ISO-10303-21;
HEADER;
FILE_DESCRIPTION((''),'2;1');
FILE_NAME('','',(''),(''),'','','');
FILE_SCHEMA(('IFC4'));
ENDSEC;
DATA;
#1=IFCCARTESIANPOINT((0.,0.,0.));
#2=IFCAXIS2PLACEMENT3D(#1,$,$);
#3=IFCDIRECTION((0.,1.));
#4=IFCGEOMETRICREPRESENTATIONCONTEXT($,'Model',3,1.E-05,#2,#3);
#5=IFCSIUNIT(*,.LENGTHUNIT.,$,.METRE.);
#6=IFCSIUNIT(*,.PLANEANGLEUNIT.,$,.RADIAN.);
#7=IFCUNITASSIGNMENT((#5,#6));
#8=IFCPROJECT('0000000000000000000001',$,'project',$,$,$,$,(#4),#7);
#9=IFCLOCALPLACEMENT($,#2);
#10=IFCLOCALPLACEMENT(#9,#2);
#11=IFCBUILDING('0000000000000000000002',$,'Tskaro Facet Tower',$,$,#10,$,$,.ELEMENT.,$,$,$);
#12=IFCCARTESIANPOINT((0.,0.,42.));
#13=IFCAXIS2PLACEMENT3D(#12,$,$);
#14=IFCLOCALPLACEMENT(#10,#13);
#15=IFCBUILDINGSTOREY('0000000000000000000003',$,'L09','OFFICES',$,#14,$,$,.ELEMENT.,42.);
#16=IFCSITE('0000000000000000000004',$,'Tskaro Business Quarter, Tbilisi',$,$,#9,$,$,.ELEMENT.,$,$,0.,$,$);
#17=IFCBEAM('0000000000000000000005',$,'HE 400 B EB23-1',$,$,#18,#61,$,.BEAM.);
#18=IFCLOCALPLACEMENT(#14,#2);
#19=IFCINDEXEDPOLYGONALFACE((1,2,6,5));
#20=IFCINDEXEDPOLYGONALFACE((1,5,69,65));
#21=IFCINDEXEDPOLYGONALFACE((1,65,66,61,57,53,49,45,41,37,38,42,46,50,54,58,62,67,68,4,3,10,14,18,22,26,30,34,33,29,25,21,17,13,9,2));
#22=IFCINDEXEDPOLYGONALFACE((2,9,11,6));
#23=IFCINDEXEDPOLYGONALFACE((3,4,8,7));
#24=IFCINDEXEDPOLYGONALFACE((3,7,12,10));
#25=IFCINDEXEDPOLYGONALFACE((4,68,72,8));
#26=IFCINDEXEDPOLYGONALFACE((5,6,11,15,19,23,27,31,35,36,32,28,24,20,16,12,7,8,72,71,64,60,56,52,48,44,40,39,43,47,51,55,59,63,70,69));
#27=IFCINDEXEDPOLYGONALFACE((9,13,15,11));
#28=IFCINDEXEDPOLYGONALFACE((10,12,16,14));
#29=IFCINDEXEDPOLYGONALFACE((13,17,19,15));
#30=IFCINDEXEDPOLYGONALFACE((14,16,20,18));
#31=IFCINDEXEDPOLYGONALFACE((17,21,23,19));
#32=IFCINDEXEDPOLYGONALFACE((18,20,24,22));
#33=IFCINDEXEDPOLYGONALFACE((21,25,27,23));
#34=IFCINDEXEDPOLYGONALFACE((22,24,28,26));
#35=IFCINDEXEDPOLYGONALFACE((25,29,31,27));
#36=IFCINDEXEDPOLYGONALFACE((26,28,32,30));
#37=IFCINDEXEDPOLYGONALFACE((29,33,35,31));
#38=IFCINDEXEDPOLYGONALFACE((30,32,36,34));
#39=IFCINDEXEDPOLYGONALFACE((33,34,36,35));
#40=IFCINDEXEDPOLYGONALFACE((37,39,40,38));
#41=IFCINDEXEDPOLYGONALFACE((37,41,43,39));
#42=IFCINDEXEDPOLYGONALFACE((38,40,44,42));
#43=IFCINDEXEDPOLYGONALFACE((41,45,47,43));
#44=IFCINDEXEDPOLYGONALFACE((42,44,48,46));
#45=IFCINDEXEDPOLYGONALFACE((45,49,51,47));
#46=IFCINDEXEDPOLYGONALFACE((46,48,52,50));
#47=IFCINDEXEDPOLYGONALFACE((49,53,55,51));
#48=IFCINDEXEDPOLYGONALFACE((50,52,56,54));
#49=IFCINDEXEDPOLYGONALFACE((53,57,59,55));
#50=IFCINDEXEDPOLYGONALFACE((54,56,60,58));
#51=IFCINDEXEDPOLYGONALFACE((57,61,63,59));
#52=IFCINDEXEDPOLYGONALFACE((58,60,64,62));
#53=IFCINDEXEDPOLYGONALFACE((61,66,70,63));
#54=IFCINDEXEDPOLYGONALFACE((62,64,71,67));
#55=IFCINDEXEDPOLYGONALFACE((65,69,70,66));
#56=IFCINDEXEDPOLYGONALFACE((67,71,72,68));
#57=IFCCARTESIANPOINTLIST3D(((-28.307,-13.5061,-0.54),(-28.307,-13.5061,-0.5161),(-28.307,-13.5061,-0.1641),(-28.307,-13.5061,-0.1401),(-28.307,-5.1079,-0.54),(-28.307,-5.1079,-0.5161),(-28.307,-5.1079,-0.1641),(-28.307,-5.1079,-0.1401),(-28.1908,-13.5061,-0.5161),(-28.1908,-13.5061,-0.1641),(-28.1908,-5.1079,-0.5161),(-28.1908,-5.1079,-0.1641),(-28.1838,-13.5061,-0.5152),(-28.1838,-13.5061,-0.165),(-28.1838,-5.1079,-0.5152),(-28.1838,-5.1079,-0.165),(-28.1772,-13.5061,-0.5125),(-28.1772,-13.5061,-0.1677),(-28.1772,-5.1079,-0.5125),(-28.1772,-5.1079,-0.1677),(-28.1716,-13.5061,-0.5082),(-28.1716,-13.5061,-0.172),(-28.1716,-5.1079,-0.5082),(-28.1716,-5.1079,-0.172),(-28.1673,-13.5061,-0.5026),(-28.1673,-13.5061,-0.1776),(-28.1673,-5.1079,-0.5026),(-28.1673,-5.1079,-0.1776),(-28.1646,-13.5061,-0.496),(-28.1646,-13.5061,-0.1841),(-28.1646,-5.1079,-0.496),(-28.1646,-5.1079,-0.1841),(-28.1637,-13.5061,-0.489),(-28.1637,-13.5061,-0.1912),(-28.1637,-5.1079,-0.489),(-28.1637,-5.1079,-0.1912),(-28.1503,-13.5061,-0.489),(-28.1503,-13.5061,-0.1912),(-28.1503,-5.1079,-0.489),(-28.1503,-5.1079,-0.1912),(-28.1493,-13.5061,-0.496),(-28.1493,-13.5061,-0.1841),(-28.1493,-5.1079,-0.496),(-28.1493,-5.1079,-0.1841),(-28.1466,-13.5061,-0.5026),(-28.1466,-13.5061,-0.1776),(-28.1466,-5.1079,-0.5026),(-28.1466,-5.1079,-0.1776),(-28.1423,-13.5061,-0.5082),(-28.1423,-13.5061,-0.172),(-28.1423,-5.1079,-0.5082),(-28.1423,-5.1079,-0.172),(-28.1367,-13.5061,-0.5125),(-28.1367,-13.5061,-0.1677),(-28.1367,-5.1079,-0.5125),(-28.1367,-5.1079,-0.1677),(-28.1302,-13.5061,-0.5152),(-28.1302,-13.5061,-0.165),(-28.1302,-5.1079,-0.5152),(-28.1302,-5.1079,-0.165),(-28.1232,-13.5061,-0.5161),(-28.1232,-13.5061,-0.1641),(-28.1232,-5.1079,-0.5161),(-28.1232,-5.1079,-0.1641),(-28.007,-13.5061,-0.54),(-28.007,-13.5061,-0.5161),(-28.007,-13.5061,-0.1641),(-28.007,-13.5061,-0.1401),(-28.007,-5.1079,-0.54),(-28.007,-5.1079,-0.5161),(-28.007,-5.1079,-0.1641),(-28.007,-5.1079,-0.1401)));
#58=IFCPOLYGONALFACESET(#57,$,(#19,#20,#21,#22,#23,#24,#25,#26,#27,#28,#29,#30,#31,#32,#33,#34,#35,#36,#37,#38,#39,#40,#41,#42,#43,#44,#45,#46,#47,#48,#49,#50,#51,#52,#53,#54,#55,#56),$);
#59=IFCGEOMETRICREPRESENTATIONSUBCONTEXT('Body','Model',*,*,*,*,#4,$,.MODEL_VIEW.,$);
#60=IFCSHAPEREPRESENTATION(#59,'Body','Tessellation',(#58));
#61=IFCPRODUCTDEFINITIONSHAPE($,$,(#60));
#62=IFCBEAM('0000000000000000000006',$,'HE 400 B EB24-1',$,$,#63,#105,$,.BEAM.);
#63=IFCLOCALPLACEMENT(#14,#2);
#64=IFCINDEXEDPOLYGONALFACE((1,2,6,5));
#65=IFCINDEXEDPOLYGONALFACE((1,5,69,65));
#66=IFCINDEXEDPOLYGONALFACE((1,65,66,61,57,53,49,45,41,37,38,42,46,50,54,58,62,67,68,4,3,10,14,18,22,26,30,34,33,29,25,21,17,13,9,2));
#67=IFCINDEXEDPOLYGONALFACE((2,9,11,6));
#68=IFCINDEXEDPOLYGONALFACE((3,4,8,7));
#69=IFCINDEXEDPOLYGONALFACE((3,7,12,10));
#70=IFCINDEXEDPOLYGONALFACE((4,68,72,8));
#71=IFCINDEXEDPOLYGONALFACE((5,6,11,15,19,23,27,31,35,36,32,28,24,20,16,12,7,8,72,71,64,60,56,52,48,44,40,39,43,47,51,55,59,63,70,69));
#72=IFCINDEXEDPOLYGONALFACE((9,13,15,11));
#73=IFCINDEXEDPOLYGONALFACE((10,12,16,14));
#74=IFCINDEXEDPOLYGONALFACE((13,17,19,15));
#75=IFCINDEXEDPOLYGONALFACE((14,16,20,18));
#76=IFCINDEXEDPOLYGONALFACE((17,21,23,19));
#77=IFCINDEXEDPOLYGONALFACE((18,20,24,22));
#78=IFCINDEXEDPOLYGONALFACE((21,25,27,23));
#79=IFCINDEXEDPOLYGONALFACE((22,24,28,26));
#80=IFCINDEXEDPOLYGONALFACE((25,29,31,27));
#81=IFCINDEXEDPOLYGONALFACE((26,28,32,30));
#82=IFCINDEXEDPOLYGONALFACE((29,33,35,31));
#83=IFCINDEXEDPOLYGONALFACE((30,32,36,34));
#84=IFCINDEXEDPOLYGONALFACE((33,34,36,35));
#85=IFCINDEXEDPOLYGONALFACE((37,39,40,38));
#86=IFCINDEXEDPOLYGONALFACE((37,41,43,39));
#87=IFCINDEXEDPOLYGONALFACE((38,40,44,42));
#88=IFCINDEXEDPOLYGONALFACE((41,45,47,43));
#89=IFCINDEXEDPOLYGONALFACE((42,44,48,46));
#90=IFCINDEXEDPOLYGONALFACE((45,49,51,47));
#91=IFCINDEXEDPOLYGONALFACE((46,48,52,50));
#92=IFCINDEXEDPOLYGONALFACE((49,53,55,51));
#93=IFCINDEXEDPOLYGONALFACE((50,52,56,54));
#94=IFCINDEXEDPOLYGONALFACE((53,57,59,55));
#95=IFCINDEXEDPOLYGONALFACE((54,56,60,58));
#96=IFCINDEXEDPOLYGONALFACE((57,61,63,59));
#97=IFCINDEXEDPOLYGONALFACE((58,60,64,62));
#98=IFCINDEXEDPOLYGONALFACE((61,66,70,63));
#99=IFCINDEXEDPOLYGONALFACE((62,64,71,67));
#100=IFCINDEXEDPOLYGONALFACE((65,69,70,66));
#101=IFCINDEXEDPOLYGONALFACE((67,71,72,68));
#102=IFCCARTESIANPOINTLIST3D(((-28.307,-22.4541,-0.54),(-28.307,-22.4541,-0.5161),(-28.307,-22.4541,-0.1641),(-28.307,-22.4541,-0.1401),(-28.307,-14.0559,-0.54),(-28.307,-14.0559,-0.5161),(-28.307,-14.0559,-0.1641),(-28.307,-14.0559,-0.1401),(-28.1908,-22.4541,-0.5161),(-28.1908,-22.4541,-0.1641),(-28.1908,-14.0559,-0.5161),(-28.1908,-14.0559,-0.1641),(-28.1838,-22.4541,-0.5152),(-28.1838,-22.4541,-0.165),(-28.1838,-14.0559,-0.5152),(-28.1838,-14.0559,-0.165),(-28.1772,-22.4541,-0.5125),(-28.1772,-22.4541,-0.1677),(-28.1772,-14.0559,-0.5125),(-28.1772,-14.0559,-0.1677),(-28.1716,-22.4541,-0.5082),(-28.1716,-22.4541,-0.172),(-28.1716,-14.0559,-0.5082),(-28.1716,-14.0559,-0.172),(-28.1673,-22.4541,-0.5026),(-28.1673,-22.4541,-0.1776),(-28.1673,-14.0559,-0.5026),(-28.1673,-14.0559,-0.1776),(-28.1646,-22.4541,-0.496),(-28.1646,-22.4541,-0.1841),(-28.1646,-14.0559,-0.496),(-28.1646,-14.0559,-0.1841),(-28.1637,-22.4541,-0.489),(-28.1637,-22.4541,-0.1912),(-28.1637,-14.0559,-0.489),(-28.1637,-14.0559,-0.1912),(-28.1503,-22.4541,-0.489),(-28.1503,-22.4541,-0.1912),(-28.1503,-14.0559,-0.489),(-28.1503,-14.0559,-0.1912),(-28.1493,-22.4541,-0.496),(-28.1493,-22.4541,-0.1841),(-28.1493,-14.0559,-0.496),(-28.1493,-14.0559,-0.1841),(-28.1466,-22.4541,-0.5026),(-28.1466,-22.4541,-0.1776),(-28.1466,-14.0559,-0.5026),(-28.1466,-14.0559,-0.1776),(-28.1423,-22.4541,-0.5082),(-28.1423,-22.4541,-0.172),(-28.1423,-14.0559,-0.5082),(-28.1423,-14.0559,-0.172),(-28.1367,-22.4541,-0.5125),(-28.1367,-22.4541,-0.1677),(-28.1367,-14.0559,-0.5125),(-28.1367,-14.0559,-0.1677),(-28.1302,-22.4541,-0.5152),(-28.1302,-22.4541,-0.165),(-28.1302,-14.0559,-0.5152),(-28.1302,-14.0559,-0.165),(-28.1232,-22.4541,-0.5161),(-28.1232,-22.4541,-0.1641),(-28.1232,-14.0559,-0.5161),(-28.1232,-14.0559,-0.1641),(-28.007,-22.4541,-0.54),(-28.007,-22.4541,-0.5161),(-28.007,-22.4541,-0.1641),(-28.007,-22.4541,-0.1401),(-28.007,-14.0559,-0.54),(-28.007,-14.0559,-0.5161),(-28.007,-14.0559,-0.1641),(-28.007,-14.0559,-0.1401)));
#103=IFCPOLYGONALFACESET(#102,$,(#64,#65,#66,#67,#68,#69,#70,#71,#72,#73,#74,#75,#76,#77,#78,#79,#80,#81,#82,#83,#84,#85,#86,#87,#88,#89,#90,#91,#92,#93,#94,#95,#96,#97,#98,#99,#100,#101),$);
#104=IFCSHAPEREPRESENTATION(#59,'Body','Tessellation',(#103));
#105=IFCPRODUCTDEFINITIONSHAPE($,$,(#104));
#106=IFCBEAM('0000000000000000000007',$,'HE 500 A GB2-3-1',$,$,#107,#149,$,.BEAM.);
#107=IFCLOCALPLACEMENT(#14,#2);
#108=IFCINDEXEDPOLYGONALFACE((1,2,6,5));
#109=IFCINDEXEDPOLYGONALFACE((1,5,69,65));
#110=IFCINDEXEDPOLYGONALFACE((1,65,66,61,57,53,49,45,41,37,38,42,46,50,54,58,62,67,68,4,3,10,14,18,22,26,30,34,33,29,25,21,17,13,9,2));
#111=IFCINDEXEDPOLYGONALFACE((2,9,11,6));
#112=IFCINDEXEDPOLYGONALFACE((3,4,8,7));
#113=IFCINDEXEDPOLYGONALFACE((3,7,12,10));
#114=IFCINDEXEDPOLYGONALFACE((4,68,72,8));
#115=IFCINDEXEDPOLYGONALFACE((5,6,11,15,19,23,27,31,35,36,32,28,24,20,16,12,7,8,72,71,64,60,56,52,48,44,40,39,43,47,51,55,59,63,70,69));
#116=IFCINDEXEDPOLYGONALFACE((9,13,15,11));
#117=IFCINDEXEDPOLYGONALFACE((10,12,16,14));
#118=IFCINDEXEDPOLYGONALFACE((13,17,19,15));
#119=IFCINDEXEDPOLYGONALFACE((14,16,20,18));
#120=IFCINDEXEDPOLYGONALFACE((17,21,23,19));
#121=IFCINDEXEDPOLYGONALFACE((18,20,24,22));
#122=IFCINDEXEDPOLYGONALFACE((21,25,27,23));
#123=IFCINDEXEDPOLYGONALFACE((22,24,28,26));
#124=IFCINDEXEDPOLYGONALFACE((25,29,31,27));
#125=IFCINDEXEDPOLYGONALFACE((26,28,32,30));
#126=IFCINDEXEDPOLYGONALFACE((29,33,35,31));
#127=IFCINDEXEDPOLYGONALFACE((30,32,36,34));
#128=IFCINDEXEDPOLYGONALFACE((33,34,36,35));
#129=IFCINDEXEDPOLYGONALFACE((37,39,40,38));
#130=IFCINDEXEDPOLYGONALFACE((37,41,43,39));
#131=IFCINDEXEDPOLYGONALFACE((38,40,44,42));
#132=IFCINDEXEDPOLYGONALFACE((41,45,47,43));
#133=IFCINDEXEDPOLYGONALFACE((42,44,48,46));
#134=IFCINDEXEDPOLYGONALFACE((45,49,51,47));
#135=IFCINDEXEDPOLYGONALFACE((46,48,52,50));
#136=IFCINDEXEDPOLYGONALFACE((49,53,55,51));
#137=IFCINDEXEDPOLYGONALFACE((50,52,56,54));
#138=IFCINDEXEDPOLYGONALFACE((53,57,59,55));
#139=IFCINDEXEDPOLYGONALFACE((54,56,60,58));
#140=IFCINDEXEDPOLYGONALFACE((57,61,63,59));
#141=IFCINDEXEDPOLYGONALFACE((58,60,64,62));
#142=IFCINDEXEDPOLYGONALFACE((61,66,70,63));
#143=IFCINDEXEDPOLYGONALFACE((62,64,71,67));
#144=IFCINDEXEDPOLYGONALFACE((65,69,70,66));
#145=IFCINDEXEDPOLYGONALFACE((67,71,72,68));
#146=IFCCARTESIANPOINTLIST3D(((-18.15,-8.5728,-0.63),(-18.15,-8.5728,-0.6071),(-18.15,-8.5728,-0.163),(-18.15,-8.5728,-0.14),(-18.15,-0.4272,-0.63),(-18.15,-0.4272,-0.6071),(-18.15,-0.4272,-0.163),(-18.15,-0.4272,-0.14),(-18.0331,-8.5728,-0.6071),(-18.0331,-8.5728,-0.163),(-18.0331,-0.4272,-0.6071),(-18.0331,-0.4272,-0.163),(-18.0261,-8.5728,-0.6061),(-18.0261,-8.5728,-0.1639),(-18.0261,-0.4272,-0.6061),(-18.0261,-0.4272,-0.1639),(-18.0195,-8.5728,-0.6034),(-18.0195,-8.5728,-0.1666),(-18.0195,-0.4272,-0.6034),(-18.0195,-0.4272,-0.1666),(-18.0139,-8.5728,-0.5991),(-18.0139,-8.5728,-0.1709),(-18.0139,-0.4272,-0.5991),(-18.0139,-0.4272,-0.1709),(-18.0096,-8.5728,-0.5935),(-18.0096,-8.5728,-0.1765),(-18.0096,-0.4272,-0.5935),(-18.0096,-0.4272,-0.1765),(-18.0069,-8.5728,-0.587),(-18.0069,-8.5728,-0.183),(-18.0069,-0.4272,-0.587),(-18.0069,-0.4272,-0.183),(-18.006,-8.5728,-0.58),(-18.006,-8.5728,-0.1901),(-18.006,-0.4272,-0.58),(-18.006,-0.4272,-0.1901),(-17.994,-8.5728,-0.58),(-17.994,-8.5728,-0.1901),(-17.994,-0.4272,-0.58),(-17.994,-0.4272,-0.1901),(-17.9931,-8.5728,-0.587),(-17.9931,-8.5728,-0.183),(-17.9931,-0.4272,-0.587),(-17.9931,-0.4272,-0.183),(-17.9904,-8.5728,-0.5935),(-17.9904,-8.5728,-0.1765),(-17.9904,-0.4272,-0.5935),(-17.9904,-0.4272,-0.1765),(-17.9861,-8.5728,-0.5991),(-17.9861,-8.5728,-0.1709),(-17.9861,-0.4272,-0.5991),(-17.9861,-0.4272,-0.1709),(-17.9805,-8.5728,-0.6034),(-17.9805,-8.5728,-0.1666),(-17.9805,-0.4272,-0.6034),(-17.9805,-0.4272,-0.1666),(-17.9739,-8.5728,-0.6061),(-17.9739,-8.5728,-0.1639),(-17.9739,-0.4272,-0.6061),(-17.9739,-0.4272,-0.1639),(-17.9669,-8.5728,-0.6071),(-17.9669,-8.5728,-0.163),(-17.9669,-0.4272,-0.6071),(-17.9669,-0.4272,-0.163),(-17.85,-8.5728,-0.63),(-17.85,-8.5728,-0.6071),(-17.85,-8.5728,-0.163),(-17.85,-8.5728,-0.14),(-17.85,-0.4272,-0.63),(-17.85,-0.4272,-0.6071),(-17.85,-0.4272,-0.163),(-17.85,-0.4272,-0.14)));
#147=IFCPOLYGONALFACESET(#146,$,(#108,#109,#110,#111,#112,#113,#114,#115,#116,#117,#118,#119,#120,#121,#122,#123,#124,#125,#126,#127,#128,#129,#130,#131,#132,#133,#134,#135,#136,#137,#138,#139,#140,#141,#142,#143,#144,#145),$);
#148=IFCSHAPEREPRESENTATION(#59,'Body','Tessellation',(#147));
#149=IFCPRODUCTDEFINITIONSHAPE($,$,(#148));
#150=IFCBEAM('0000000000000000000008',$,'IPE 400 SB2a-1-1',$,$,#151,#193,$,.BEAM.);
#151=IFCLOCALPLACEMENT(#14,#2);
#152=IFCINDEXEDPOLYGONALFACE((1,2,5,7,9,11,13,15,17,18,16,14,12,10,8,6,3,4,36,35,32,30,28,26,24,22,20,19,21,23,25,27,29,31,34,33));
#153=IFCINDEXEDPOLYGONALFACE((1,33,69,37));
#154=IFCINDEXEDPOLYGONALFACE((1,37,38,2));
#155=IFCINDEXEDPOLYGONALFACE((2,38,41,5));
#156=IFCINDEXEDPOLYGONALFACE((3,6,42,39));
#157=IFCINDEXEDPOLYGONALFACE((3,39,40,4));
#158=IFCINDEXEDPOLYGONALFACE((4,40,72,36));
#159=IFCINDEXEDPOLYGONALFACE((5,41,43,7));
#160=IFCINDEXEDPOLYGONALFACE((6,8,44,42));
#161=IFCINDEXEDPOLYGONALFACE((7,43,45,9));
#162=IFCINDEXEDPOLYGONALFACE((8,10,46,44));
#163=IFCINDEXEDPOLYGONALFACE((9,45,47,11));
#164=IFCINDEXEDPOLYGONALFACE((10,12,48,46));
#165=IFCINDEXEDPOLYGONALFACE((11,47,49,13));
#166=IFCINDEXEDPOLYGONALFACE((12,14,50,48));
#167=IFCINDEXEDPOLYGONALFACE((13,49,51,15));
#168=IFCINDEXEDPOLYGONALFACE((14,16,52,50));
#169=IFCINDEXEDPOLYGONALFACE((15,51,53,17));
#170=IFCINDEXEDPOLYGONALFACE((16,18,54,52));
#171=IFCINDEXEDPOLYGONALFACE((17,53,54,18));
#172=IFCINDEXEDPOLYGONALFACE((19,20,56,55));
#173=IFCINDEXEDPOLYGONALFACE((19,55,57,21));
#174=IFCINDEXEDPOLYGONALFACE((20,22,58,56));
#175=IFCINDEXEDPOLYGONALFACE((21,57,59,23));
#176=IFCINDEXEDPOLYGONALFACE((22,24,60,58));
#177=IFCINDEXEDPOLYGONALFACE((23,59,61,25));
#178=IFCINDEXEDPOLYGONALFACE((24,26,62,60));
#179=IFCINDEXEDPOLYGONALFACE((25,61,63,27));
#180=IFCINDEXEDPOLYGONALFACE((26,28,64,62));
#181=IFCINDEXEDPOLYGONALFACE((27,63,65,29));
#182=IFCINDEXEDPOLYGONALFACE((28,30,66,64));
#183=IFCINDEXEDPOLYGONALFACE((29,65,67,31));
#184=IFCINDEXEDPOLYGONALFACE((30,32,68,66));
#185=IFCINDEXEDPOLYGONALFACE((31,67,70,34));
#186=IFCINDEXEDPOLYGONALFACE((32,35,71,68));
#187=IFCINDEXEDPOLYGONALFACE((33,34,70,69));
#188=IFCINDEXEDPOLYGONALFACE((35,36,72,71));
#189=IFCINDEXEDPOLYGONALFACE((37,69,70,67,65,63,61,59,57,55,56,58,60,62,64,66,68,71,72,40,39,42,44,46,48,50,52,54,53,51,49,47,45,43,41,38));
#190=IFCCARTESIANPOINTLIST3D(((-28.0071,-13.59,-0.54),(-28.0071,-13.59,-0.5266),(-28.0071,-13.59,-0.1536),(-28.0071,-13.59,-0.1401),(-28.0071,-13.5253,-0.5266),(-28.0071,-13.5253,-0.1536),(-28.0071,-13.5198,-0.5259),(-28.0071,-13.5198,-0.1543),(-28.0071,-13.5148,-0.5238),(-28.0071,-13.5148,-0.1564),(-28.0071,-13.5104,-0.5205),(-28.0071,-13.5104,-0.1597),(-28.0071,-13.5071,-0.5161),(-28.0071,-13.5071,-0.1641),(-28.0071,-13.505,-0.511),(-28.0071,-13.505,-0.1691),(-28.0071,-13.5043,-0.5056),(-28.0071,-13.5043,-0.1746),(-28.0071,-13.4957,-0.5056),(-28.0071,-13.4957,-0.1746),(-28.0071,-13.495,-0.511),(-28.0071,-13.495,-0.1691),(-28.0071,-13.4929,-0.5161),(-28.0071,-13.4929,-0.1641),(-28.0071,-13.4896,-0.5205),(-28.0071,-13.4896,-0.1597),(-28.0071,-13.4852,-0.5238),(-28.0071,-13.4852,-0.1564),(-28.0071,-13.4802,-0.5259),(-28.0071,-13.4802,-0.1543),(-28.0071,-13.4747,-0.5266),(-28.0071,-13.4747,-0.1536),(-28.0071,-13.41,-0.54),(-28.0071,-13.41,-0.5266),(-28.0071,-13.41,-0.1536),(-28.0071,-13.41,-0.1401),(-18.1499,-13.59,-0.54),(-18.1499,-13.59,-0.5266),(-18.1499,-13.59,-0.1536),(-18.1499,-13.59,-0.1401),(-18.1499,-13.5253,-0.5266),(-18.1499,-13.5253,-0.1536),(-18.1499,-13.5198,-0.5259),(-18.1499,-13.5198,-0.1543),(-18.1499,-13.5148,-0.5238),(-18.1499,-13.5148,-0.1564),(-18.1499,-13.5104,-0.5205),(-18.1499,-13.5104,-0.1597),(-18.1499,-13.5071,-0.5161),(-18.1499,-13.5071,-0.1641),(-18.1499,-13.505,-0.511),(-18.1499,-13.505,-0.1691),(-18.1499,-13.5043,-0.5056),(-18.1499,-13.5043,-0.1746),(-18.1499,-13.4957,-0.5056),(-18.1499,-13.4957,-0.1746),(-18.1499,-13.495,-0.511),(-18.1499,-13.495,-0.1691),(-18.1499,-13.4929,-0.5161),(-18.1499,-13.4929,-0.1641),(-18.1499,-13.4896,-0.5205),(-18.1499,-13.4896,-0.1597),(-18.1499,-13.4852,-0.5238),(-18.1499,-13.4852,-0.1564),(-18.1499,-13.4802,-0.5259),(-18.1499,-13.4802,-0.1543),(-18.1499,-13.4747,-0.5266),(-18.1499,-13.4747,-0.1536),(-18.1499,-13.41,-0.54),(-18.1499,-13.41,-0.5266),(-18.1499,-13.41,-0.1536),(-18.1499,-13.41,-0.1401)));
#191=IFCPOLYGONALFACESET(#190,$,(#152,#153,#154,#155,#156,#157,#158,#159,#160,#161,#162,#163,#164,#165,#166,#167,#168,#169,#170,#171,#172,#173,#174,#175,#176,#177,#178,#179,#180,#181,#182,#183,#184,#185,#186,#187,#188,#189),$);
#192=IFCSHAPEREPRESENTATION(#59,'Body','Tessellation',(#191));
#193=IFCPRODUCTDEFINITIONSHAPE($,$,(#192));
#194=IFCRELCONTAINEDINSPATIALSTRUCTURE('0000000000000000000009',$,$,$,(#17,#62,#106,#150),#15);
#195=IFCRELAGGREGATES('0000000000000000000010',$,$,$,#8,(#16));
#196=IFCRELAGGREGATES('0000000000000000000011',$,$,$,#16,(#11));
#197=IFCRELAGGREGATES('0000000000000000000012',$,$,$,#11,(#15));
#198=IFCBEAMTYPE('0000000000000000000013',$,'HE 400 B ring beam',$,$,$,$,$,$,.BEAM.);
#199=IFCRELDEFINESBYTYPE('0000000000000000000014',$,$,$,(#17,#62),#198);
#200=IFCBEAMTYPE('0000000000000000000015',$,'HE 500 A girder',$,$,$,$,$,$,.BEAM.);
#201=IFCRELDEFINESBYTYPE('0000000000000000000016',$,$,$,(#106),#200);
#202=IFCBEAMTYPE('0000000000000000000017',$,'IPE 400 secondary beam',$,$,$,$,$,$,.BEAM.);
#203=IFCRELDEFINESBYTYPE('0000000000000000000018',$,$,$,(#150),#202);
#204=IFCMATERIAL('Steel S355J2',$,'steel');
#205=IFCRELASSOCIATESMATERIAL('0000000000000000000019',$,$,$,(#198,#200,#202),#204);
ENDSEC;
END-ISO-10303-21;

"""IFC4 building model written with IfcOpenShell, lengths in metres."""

from ifc_helpers import new_model, si_unit, direction, frame, origin, origin_2d, place, context, subcontext, project, spatial, i_section, extrude, material, material_profile, profile_set, type_object, element, save


model = new_model("IFC4")

# Units and contexts
model_context = context("Model", 3, precision=1e-05, world=origin(), true_north=direction((0.0, 1.0)))
body_context = subcontext(model_context, "Body", "Model", "MODEL_VIEW")
ifc_project = project(units=[si_unit("LENGTHUNIT", "METRE"), si_unit("PLANEANGLEUNIT", "RADIAN")], contexts=[model_context])

# Site, building, storey
site_placement = place(None, origin())
site = spatial("IfcSite", under=ifc_project, at=site_placement, Name="Tskaro Business Quarter, Tbilisi", CompositionType="ELEMENT", RefElevation=0.0)
building_placement = place(site_placement, origin())
building = spatial("IfcBuilding", under=site, at=building_placement, Name="Tskaro Facet Tower", CompositionType="ELEMENT")
storey_placement = place(building_placement, frame((0.0, 0.0, 42.0)))
storey = spatial("IfcBuildingStorey", under=building, at=storey_placement, Name="L09", Description="OFFICES", CompositionType="ELEMENT", Elevation=42.0)

# Beams
ifc_material_1 = material(Name="Steel S355J2", Category="steel")
ifc_material_profile_1 = material_profile(ifc_material_1, i_section(OverallWidth=0.3, OverallDepth=0.3999, WebThickness=0.0134, FlangeThickness=0.0239, FilletRadius=0.0271, at=origin_2d()), Name="HE 400 B")
ifc_profile_set_1 = profile_set([ifc_material_profile_1], Name="Steel S355J2")
beam_type_1 = type_object("IfcBeamType", Name="HE 400 B ring beam", PredefinedType="BEAM", material=ifc_profile_set_1)
for number, where, z_axis, x_axis, name in (
    (1, (-28.157, -5.1079, -0.3401), (0.0, -1.0, 0.0), (1.0, 0.0, 0.0), "HE 400 B EB23-1"),
    (2, (-28.157, -14.0559, -0.3401), (0.0, -1.0, 0.0), (1.0, 0.0, 0.0), "HE 400 B EB24-1"),
):
    element("IfcBeam", number, at=place(storey_placement, frame(where, z_axis=z_axis, x_axis=x_axis)), inside=storey, type_object=beam_type_1, Name=name, PredefinedType="BEAM", context=body_context, shape_type="SweptSolid", body=[
        extrude(i_section(OverallWidth=0.3, OverallDepth=0.3999, WebThickness=0.0134, FlangeThickness=0.0239, FilletRadius=0.0271, at=origin_2d()), origin(), (0.0, 0.0, 1.0), 8.3982),
    ])
ifc_material_profile_2 = material_profile(ifc_material_1, i_section(OverallWidth=0.3, OverallDepth=0.49, WebThickness=0.012, FlangeThickness=0.0229, FilletRadius=0.0271, at=origin_2d()), Name="HE 500 A")
ifc_profile_set_2 = profile_set([ifc_material_profile_2], Name="Steel S355J2")
beam_type_2 = type_object("IfcBeamType", Name="HE 500 A girder", PredefinedType="BEAM", material=ifc_profile_set_2)
beam_placement = place(storey_placement, frame((-18.0, -8.5728, -0.385), z_axis=(0.0, 1.0, 0.0), x_axis=(-1.0, 0.0, 0.0)))
element("IfcBeam", 3, at=beam_placement, inside=storey, type_object=beam_type_2, Name="HE 500 A GB2-3-1", PredefinedType="BEAM", context=body_context, shape_type="SweptSolid", body=[
    extrude(i_section(OverallWidth=0.3, OverallDepth=0.49, WebThickness=0.012, FlangeThickness=0.0229, FilletRadius=0.0271, at=origin_2d()), origin(), (0.0, 0.0, 1.0), 8.1455),
])
ifc_material_profile_3 = material_profile(ifc_material_1, i_section(OverallWidth=0.1799, OverallDepth=0.3999, WebThickness=0.0085, FlangeThickness=0.0134, FilletRadius=0.021, at=origin_2d()), Name="IPE 400")
ifc_profile_set_3 = profile_set([ifc_material_profile_3], Name="Steel S355J2")
beam_type_3 = type_object("IfcBeamType", Name="IPE 400 secondary beam", PredefinedType="BEAM", material=ifc_profile_set_3)
for number, where, z_axis, x_axis, name in (
    (4, (-28.0071, -13.5, -0.3401), (1.0, 0.0, 0.0), (0.0, 1.0, 0.0), "IPE 400 SB2a-1-1"),
):
    element("IfcBeam", number, at=place(storey_placement, frame(where, z_axis=z_axis, x_axis=x_axis)), inside=storey, type_object=beam_type_3, Name=name, PredefinedType="BEAM", context=body_context, shape_type="SweptSolid", body=[
        extrude(i_section(OverallWidth=0.1799, OverallDepth=0.3999, WebThickness=0.0085, FlangeThickness=0.0134, FilletRadius=0.021, at=origin_2d()), origin(), (0.0, 0.0, 1.0), 9.8572),
    ])

save(model, "model.ifc")
